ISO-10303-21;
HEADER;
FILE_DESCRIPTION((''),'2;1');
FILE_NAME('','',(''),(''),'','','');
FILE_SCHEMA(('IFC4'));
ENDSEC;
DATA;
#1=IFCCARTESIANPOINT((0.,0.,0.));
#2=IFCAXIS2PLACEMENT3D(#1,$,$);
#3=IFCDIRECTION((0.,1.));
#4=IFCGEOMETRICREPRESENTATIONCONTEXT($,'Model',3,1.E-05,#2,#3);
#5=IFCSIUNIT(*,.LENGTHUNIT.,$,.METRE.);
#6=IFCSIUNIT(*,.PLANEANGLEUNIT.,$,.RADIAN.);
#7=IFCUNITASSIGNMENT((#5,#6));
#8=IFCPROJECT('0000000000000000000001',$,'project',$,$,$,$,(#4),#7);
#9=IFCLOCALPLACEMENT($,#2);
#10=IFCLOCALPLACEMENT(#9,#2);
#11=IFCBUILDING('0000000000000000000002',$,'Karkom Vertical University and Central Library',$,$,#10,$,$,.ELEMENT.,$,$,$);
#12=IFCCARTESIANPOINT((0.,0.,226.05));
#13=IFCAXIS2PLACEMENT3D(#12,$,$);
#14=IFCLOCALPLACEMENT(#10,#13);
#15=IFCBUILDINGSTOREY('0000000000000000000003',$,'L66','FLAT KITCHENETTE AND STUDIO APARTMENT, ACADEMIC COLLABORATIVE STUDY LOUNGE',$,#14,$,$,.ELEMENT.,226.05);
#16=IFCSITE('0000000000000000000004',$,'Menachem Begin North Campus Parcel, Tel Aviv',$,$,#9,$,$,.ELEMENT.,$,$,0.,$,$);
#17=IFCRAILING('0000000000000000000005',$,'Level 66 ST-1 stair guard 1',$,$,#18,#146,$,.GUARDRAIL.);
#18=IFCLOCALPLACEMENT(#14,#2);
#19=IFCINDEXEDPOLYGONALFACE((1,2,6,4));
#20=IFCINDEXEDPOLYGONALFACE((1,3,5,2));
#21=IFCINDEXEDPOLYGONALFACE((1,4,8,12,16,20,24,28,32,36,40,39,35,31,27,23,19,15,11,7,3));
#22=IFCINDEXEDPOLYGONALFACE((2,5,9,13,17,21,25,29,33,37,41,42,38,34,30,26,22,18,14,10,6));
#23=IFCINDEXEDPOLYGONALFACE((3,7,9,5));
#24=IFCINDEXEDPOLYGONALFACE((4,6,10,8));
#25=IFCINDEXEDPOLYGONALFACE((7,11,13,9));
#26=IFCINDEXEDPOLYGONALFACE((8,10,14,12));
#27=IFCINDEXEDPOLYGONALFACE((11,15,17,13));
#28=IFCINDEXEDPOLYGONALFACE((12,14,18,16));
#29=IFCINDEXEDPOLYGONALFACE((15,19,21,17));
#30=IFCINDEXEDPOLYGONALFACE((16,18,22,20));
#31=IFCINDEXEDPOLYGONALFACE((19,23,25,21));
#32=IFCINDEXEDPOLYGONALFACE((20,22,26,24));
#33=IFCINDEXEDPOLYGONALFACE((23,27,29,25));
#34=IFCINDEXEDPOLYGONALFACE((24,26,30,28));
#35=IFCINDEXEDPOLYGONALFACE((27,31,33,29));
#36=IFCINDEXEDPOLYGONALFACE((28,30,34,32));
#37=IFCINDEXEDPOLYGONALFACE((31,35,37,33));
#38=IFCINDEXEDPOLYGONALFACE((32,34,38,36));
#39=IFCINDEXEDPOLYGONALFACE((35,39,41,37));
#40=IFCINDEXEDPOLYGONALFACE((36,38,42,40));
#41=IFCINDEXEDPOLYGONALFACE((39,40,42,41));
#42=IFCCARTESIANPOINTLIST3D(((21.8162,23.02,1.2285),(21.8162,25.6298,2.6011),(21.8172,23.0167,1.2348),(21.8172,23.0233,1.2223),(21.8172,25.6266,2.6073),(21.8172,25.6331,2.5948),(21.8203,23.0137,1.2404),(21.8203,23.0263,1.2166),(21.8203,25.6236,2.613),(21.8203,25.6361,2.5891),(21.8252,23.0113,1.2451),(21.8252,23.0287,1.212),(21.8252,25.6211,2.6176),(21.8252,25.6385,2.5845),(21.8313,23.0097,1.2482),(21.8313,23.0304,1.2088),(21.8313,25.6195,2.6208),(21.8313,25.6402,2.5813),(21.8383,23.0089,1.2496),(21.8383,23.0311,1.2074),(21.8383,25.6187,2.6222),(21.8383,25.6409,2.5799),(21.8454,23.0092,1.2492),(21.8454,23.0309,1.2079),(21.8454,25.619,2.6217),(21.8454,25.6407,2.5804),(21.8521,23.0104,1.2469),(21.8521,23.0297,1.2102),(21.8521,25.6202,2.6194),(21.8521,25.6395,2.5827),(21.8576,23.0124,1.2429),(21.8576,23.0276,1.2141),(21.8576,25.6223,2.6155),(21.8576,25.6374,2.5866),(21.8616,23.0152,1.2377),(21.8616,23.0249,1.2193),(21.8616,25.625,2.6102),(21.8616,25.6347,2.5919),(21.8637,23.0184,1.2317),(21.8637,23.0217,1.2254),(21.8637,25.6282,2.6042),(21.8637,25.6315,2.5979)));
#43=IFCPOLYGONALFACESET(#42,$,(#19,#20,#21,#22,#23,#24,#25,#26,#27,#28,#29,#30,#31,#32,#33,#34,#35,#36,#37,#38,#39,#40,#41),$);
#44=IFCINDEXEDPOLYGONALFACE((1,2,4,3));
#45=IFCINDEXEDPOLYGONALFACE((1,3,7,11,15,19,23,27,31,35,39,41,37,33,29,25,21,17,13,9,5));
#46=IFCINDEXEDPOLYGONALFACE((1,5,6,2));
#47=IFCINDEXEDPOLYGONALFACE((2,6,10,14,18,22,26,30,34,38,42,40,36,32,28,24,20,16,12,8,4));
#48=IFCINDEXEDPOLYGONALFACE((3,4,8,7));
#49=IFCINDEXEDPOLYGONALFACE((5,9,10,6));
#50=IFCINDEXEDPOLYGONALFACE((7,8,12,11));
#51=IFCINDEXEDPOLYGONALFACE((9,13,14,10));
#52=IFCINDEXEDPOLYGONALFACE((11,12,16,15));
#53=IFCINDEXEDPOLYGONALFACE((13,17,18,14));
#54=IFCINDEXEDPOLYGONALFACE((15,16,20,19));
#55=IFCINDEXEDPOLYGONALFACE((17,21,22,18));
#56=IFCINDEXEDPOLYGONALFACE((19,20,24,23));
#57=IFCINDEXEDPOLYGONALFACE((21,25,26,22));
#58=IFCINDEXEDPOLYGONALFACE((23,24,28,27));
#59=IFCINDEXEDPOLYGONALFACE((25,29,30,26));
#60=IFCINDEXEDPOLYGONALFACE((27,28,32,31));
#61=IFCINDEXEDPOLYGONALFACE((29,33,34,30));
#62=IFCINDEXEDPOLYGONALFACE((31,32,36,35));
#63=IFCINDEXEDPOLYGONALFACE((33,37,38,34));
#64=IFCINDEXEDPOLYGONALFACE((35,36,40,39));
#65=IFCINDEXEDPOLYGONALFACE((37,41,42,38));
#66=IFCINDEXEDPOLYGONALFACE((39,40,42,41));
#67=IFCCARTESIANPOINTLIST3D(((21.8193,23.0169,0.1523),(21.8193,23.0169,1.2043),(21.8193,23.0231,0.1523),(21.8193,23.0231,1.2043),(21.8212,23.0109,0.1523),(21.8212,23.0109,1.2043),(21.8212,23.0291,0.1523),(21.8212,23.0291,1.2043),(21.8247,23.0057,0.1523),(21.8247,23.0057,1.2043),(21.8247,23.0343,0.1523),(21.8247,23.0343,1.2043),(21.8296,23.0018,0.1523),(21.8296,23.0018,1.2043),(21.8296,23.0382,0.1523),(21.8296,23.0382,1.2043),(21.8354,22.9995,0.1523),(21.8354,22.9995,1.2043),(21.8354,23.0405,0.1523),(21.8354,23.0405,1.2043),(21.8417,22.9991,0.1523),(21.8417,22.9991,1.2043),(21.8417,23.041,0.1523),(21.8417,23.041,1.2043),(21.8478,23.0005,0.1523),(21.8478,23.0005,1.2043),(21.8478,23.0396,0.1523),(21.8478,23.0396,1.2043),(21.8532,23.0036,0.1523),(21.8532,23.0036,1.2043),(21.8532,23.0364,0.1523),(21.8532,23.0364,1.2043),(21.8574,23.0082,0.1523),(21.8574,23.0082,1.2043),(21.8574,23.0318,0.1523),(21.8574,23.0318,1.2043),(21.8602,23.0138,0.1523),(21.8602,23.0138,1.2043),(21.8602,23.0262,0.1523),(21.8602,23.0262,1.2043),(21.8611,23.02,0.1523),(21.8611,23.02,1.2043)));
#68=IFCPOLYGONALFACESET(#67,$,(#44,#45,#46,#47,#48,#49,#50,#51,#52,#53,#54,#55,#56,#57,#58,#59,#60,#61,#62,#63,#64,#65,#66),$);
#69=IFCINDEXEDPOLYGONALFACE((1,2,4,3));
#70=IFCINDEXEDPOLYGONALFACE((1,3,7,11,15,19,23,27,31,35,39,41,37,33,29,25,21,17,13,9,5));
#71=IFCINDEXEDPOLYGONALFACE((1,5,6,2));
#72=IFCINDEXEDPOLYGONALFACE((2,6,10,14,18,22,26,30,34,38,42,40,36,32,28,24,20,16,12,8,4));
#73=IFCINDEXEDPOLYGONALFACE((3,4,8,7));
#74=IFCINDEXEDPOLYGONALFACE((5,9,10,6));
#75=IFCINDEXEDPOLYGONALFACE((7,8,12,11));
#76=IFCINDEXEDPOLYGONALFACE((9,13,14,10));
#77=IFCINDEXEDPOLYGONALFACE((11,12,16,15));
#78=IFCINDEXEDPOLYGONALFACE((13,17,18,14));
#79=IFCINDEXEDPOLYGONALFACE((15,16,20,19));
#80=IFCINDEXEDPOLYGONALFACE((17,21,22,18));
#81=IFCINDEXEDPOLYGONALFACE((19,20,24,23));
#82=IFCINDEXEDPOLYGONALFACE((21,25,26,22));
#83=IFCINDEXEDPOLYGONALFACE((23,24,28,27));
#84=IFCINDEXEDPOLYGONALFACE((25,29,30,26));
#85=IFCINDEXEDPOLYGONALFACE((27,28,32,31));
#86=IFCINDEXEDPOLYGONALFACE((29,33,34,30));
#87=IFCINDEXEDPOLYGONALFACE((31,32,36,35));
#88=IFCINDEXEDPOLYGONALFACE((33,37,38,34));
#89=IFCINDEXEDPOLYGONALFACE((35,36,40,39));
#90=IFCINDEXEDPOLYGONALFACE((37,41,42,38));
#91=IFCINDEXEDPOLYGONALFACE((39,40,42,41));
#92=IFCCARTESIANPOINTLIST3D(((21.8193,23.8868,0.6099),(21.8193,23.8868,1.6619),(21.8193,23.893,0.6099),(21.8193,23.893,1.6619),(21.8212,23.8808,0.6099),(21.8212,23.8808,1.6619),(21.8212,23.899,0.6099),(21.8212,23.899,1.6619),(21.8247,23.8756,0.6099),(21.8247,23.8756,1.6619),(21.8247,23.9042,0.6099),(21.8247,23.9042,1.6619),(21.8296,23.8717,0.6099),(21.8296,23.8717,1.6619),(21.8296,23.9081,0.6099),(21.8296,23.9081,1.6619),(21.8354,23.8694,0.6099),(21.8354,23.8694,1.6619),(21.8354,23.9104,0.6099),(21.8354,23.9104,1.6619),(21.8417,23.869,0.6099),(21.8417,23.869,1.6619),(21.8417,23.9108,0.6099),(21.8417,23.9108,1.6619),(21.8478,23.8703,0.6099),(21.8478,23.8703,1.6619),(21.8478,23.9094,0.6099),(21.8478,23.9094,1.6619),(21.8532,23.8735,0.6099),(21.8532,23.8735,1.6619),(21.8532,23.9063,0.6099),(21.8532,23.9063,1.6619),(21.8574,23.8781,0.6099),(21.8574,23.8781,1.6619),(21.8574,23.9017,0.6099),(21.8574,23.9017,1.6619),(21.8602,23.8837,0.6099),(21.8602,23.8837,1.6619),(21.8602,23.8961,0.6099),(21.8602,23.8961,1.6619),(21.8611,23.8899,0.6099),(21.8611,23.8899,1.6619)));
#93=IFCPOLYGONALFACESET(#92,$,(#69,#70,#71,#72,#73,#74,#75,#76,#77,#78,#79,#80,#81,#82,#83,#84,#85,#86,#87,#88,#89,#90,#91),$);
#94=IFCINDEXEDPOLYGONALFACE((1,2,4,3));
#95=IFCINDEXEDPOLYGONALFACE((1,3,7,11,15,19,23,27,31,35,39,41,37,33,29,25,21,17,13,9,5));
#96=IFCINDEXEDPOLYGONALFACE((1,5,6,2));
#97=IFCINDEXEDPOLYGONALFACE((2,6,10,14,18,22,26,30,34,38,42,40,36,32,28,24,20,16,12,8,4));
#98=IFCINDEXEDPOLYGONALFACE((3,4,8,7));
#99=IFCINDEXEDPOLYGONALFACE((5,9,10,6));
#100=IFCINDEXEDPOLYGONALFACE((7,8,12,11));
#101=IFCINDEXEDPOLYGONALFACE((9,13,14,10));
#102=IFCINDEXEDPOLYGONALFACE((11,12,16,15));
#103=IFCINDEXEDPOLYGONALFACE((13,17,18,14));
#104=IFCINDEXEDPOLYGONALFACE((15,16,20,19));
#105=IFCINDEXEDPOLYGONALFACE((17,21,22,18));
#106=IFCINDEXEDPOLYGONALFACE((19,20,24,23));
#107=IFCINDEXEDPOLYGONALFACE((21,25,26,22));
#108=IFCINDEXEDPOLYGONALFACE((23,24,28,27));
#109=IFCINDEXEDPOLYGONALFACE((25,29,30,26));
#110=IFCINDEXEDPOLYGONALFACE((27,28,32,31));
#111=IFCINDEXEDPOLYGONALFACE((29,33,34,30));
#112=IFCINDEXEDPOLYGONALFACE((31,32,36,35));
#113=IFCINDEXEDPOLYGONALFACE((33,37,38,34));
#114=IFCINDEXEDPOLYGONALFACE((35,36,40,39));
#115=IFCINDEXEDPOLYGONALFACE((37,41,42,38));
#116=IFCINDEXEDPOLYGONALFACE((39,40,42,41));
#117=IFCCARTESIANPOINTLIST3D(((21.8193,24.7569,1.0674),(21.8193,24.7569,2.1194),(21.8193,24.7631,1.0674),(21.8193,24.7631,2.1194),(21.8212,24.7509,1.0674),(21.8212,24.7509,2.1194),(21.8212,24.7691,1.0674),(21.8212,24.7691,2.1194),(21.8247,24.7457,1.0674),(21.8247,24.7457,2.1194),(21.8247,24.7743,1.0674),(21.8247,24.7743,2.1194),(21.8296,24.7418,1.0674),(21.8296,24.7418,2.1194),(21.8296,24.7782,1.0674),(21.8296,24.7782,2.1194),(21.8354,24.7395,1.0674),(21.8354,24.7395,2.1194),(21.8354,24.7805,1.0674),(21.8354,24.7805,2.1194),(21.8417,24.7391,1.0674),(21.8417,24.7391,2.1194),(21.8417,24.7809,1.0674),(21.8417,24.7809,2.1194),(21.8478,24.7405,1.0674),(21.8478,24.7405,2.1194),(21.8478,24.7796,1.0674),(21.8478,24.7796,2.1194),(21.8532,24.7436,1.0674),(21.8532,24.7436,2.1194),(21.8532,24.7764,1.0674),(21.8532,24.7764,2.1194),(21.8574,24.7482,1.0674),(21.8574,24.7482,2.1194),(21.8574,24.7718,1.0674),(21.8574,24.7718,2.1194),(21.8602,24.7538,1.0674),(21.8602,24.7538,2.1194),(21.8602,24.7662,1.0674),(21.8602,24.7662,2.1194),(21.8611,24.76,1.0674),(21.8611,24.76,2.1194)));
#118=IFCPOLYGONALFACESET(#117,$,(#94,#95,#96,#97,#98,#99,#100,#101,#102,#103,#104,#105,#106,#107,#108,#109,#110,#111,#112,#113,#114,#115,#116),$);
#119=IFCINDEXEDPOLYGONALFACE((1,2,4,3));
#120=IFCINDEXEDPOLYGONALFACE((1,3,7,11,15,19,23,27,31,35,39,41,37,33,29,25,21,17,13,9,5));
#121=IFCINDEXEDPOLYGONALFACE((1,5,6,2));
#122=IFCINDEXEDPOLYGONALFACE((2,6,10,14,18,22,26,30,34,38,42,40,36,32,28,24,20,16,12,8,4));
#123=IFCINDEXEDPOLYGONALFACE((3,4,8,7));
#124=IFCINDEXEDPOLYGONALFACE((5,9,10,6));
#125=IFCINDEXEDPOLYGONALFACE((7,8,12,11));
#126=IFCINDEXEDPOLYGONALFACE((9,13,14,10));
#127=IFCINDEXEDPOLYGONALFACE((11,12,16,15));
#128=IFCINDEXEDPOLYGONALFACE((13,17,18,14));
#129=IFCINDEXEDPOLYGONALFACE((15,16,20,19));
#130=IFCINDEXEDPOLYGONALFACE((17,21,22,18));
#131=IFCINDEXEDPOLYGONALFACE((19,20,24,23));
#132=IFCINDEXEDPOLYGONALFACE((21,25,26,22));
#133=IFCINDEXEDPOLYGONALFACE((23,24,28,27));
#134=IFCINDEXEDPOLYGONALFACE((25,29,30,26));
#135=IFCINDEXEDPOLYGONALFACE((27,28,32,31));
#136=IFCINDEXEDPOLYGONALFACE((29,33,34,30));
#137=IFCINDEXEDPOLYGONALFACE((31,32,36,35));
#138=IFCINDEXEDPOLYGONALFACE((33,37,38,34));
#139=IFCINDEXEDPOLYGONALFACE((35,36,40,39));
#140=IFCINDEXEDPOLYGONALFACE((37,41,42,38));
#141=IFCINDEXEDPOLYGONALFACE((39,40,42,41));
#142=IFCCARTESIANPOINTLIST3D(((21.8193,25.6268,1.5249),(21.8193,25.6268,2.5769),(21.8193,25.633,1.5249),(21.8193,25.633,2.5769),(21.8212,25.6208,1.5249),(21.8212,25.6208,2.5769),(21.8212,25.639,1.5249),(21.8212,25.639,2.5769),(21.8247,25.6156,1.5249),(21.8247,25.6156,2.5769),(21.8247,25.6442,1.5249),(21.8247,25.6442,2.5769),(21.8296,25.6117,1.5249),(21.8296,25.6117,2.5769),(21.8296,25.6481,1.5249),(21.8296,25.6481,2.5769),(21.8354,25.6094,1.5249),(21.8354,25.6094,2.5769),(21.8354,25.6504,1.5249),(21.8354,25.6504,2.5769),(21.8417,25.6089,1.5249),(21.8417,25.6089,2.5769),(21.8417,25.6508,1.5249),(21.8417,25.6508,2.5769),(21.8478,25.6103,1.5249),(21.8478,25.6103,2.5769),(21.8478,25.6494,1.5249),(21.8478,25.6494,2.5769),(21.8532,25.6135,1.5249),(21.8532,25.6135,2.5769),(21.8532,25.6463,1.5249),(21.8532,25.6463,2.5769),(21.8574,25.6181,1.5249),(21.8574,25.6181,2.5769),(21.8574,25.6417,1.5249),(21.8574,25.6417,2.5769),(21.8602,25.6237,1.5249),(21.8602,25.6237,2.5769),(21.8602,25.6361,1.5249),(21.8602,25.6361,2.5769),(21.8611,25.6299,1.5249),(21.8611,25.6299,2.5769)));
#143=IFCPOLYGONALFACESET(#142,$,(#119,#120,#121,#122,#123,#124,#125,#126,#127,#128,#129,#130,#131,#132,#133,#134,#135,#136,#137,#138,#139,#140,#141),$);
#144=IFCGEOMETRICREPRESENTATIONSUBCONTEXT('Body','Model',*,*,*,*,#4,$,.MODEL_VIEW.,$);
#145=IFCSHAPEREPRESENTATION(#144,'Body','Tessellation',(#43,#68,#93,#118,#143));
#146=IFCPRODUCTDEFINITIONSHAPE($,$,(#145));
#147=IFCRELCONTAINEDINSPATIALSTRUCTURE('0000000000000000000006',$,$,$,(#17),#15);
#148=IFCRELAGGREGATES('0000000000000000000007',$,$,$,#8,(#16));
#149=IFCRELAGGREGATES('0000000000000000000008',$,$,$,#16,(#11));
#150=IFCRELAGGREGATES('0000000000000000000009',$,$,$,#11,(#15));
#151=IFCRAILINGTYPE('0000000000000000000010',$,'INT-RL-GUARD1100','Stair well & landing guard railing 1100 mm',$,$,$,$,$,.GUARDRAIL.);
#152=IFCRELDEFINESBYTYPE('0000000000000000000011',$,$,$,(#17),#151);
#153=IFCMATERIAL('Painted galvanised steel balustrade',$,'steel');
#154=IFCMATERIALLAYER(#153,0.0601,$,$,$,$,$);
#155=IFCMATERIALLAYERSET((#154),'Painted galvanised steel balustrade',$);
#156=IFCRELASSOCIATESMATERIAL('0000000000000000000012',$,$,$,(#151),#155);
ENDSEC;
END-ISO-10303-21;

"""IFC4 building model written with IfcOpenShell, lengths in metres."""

from ifc_helpers import new_model, si_unit, direction, frame, origin, origin_2d, place, context, subcontext, project, spatial, circle, extrude, material, layer, layer_set, type_object, element, save


model = new_model("IFC4")

# Units and contexts
model_context = context("Model", 3, precision=1e-05, world=origin(), true_north=direction((0.0, 1.0)))
body_context = subcontext(model_context, "Body", "Model", "MODEL_VIEW")
ifc_project = project(units=[si_unit("LENGTHUNIT", "METRE"), si_unit("PLANEANGLEUNIT", "RADIAN")], contexts=[model_context])

# Site, building, storey
site_placement = place(None, origin())
site = spatial("IfcSite", under=ifc_project, at=site_placement, Name="Menachem Begin North Campus Parcel, Tel Aviv", CompositionType="ELEMENT", RefElevation=0.0)
building_placement = place(site_placement, origin())
building = spatial("IfcBuilding", under=site, at=building_placement, Name="Karkom Vertical University and Central Library", CompositionType="ELEMENT")
storey_placement = place(building_placement, frame((0.0, 0.0, 226.05)))
storey = spatial("IfcBuildingStorey", under=building, at=storey_placement, Name="L66", Description="FLAT KITCHENETTE AND STUDIO APARTMENT, ACADEMIC COLLABORATIVE STUDY LOUNGE", CompositionType="ELEMENT", Elevation=226.05)

# Railing
ifc_material_1 = material(Name="Painted galvanised steel balustrade", Category="steel")
ifc_layer_1 = layer(ifc_material_1, 0.0601)
ifc_layer_set_1 = layer_set([ifc_layer_1], Name="Painted galvanised steel balustrade")
railing_type_1 = type_object("IfcRailingType", Name="INT-RL-GUARD1100", Description="Stair well & landing guard railing 1100 mm", PredefinedType="GUARDRAIL", material=ifc_layer_set_1)
railing_1_placement = place(storey_placement, frame((21.8401, 23.02, 0.1523)))
element("IfcRailing", 1, at=railing_1_placement, inside=storey, type_object=railing_type_1, Name="Level 66 ST-1 stair guard 1", PredefinedType="GUARDRAIL", context=body_context, shape_type="SweptSolid", body=[
    extrude(circle(Radius=0.0239, at=origin_2d()), frame((0.0, 0.0, 1.0762), z_axis=(0.0, 0.885065, 0.465467), x_axis=(-1.0, 0.0, 0.0)), (0.0, 0.0, 1.0), 2.9487),
    extrude(circle(Radius=0.021, at=origin_2d()), origin(), (0.0, 0.0, 1.0), 1.052),
    extrude(circle(Radius=0.021, at=origin_2d()), frame((0.0, 0.8699, 0.4575)), (0.0, 0.0, 1.0), 1.052),
    extrude(circle(Radius=0.021, at=origin_2d()), frame((0.0, 1.74, 0.915)), (0.0, 0.0, 1.0), 1.052),
    extrude(circle(Radius=0.021, at=origin_2d()), frame((0.0, 2.6099, 1.3726)), (0.0, 0.0, 1.0), 1.052),
])

save(model, "model.ifc")
